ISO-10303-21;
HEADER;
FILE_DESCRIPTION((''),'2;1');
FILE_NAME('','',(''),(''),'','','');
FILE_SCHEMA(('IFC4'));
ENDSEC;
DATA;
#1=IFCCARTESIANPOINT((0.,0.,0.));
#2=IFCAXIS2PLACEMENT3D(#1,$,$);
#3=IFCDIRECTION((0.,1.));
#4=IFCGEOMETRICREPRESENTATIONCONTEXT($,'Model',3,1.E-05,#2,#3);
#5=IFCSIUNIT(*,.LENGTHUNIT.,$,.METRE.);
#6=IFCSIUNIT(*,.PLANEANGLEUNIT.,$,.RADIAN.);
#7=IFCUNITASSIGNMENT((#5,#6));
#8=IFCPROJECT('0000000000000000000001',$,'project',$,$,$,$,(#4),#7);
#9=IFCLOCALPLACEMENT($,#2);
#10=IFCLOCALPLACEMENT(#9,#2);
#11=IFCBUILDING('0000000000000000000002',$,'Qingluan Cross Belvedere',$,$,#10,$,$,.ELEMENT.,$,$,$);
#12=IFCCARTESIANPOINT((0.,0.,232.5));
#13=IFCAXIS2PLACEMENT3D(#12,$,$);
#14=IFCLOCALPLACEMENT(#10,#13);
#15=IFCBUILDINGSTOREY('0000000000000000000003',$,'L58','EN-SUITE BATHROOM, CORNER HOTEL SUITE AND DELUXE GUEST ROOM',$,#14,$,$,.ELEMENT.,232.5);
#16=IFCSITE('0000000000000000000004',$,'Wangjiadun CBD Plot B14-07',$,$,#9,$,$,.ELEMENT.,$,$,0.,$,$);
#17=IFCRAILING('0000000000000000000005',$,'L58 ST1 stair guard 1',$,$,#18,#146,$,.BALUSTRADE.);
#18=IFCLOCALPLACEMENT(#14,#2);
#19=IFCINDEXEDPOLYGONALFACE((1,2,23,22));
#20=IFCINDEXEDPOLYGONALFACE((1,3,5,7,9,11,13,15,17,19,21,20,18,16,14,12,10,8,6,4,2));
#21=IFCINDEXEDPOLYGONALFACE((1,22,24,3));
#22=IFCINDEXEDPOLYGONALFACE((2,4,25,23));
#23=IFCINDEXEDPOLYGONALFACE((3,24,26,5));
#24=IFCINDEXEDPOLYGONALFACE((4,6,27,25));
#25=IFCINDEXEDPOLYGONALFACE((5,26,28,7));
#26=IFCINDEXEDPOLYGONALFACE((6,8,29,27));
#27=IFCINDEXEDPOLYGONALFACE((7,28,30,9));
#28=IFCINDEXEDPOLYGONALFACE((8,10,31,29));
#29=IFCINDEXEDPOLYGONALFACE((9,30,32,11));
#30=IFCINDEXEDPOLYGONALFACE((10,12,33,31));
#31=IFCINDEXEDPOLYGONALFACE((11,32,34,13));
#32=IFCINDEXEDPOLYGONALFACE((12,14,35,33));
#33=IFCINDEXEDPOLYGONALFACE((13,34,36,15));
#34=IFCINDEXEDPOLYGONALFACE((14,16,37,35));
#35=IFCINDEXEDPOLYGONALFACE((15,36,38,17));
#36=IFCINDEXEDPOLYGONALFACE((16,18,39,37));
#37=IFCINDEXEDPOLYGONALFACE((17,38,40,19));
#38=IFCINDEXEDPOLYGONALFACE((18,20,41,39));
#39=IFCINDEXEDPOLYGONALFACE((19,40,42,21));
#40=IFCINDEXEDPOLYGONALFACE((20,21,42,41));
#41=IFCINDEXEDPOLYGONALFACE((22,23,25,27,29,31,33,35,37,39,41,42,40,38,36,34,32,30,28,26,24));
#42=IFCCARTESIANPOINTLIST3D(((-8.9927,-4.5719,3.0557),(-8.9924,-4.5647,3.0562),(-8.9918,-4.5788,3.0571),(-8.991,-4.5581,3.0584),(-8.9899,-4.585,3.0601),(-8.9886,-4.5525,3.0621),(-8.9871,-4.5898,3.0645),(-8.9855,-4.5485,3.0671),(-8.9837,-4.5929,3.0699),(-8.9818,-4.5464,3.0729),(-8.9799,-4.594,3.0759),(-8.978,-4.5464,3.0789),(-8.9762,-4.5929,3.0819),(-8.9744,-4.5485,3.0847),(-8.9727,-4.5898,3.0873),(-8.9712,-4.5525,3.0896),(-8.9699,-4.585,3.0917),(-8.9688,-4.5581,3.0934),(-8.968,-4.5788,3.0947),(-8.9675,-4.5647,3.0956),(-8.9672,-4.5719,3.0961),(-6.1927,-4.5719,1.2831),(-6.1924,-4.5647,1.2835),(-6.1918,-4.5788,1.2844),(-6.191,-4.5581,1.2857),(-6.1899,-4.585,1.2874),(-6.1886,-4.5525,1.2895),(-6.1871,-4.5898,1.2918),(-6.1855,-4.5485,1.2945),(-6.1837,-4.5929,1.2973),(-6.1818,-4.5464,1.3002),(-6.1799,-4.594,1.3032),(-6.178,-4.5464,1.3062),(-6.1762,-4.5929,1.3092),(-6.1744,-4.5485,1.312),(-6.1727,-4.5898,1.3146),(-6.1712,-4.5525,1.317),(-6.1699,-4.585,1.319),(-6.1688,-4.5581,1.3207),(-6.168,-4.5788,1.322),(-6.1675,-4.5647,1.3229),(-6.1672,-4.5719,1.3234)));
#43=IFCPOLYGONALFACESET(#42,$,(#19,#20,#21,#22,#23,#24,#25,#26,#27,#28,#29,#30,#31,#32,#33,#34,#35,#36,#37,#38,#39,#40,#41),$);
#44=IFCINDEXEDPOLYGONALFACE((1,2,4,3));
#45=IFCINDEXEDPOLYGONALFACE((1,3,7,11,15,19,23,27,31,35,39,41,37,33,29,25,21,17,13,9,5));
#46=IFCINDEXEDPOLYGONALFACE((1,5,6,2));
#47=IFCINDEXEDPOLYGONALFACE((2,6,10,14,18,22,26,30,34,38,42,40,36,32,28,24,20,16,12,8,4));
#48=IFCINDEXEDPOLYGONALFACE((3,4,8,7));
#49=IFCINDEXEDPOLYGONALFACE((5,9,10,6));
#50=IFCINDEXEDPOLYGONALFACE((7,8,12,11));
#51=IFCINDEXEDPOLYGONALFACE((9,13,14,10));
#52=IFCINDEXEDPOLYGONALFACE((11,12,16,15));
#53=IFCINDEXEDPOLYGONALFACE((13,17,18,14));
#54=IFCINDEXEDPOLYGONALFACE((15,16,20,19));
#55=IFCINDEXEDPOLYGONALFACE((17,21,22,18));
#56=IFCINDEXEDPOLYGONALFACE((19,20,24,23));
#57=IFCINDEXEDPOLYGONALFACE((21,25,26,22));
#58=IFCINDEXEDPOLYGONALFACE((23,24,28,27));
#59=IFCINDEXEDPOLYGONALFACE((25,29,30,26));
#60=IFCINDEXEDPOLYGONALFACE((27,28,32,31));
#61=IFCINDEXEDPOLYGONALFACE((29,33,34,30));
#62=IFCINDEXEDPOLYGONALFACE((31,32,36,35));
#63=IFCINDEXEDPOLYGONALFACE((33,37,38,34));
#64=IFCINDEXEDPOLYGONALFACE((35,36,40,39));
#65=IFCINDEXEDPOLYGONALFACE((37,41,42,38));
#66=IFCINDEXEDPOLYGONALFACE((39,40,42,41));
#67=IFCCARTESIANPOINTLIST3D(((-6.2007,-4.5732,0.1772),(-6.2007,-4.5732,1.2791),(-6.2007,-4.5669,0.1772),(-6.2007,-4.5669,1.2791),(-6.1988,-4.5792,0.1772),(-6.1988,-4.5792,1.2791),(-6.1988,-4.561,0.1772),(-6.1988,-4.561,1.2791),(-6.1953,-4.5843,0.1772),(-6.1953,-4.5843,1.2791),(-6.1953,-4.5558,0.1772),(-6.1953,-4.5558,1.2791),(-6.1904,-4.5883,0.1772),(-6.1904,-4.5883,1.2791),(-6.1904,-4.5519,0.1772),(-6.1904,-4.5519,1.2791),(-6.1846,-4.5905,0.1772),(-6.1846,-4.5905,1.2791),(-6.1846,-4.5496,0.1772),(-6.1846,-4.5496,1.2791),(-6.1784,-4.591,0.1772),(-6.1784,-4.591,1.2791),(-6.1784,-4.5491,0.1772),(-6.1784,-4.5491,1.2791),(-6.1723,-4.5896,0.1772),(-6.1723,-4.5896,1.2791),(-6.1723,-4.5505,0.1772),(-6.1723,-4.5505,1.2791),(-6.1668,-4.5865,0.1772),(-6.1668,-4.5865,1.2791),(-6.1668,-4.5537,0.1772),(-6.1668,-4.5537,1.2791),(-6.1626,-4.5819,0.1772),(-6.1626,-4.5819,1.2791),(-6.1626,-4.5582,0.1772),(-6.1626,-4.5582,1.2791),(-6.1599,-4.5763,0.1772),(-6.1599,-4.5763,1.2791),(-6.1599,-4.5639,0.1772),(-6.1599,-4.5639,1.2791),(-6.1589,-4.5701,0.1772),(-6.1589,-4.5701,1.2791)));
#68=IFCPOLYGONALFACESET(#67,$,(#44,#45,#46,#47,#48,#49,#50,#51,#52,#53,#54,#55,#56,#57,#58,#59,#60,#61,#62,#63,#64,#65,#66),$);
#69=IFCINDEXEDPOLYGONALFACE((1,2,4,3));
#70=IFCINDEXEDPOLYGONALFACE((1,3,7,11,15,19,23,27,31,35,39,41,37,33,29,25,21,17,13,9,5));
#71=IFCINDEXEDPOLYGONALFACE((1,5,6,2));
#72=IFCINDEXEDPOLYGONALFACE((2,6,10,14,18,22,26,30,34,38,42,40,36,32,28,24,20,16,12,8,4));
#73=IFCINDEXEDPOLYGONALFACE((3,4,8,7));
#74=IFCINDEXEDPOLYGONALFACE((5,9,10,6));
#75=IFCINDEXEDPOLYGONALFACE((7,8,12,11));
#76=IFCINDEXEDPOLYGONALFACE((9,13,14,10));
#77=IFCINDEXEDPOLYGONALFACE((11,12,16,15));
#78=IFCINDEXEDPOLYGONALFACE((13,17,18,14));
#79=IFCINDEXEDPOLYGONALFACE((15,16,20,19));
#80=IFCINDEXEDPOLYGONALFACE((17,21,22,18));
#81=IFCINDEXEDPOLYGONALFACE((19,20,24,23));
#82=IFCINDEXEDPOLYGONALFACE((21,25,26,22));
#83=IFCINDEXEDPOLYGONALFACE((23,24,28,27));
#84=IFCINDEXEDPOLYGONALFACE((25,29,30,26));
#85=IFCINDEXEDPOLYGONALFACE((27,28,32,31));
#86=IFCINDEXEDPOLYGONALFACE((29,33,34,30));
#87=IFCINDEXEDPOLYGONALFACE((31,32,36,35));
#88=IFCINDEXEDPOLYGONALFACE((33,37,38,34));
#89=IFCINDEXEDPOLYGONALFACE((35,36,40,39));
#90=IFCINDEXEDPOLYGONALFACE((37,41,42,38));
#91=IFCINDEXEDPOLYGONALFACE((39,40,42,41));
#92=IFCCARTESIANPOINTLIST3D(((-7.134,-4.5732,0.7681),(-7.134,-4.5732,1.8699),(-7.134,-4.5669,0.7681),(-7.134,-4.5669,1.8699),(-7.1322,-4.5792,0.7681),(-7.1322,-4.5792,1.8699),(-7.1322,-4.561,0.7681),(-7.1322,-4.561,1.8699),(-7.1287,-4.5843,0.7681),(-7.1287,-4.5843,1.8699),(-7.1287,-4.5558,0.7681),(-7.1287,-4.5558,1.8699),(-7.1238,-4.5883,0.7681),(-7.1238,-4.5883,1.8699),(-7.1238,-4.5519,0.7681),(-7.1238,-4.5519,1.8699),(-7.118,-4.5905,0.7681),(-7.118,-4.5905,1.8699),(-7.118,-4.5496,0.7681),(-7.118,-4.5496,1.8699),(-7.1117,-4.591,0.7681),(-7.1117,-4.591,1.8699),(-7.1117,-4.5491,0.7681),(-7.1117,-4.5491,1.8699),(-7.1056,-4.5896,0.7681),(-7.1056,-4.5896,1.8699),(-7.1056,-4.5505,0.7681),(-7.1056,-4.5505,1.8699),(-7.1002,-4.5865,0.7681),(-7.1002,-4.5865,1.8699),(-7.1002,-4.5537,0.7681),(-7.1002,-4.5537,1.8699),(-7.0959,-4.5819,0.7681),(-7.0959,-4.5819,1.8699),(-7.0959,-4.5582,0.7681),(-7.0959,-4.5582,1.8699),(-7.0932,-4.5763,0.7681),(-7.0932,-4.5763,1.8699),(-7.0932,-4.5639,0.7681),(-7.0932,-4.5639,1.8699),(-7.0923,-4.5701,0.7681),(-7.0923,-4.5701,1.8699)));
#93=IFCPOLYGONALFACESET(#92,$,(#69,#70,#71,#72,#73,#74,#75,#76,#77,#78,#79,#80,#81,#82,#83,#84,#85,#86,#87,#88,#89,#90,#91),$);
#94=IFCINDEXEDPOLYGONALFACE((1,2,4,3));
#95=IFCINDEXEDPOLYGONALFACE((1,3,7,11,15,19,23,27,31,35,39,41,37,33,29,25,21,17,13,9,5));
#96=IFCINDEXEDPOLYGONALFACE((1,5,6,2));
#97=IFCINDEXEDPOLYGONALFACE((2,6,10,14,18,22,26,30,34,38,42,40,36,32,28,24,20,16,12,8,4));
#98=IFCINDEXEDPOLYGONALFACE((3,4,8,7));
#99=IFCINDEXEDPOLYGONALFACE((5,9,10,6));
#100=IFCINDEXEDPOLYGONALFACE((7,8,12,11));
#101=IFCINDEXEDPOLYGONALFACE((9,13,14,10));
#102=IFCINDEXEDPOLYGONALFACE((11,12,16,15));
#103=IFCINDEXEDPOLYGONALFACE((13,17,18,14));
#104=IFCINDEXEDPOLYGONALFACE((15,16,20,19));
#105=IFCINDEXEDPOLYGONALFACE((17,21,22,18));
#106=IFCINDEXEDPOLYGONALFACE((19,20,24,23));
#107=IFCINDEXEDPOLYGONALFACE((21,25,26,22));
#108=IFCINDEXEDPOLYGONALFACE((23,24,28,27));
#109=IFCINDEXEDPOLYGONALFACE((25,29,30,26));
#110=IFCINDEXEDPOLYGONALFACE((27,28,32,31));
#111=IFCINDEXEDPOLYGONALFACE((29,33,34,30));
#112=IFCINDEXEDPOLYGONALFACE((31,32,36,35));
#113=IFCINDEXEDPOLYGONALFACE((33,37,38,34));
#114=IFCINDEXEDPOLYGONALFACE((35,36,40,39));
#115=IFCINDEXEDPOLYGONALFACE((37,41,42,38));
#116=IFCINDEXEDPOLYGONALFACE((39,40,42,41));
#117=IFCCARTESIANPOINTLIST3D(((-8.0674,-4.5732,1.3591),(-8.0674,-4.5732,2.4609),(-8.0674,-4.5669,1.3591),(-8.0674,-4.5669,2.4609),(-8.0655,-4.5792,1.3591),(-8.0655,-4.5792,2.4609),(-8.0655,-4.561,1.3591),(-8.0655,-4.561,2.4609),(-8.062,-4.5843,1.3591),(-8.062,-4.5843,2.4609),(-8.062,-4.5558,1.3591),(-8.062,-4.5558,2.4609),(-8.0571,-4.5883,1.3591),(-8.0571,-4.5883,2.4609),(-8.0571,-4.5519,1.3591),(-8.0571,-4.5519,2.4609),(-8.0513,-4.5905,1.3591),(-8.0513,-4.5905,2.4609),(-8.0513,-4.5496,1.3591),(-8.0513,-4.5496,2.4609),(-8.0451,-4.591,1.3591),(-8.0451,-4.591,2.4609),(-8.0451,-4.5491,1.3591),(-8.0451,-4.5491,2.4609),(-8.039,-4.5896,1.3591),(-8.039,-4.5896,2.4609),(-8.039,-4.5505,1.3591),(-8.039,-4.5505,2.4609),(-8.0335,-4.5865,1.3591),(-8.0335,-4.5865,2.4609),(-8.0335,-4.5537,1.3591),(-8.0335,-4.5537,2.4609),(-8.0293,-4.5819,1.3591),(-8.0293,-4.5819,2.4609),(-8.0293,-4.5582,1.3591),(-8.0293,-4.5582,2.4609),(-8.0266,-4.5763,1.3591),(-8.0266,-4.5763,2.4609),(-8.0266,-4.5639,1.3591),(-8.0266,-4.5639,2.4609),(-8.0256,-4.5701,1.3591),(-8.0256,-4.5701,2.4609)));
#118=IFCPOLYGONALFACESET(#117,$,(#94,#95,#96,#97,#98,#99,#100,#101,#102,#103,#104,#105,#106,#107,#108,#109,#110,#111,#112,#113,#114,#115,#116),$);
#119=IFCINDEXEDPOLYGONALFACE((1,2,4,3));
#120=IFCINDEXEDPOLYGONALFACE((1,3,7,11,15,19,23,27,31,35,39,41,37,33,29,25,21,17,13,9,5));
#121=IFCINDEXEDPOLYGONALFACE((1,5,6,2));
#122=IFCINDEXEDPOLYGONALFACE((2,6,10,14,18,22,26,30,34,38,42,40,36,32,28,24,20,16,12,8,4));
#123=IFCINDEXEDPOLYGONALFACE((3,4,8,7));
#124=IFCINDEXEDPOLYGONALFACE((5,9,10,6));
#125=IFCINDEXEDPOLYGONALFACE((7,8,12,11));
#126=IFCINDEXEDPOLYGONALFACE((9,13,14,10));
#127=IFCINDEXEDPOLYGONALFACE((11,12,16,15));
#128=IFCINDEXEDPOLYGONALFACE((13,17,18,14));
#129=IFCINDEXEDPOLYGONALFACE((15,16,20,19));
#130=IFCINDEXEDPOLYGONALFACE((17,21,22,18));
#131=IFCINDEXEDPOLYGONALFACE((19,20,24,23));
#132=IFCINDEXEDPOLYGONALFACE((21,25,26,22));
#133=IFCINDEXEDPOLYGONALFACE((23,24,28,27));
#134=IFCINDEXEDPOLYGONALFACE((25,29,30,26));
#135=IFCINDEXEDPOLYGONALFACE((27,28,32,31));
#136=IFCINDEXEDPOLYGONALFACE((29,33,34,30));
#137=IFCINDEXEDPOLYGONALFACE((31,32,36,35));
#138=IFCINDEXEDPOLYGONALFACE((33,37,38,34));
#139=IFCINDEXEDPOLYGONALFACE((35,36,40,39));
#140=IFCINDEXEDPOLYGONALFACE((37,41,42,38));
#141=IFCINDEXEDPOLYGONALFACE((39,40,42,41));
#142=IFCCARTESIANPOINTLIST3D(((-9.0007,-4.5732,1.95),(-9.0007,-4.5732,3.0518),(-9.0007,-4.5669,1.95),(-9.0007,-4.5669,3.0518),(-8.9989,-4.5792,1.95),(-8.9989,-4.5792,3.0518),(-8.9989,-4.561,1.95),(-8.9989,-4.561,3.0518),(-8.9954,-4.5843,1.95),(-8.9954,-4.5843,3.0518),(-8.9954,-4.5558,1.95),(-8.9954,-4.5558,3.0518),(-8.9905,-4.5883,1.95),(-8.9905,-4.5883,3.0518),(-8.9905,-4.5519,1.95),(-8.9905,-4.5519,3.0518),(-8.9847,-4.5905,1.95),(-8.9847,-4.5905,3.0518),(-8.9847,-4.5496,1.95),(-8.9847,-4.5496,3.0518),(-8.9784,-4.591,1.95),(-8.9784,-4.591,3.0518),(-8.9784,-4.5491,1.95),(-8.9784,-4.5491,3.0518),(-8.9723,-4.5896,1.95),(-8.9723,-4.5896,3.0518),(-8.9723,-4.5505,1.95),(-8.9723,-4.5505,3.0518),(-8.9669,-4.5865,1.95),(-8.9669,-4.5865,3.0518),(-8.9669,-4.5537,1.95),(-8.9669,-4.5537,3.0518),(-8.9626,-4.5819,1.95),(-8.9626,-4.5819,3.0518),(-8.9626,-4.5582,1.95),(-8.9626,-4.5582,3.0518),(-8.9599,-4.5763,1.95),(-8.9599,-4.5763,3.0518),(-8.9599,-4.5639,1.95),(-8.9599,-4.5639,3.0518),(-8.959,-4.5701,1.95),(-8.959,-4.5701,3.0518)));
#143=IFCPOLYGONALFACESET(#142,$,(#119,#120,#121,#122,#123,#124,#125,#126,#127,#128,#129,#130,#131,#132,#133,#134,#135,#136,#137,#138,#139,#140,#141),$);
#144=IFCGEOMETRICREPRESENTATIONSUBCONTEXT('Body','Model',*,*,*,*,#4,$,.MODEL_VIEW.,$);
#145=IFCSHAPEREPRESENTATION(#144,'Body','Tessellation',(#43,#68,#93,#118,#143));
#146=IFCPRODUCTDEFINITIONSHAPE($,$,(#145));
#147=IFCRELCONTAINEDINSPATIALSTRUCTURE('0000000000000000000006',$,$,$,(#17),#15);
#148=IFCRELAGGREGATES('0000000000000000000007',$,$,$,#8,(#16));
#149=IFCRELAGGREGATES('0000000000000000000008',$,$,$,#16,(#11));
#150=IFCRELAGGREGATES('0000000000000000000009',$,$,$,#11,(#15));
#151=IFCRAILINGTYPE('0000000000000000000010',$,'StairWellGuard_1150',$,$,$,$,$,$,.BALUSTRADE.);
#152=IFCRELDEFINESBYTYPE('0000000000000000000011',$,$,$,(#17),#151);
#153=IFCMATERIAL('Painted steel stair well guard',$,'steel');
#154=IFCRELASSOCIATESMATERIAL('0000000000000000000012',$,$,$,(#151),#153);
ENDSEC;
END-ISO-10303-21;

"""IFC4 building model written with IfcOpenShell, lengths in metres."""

from ifc_helpers import new_model, si_unit, direction, frame, origin, origin_2d, place, context, subcontext, project, spatial, circle, extrude, material, type_object, element, save


model = new_model("IFC4")

# Units and contexts
model_context = context("Model", 3, precision=1e-05, world=origin(), true_north=direction((0.0, 1.0)))
body_context = subcontext(model_context, "Body", "Model", "MODEL_VIEW")
ifc_project = project(units=[si_unit("LENGTHUNIT", "METRE"), si_unit("PLANEANGLEUNIT", "RADIAN")], contexts=[model_context])

# Site, building, storey
site_placement = place(None, origin())
site = spatial("IfcSite", under=ifc_project, at=site_placement, Name="Wangjiadun CBD Plot B14-07", CompositionType="ELEMENT", RefElevation=0.0)
building_placement = place(site_placement, origin())
building = spatial("IfcBuilding", under=site, at=building_placement, Name="Qingluan Cross Belvedere", CompositionType="ELEMENT")
storey_placement = place(building_placement, frame((0.0, 0.0, 232.5)))
storey = spatial("IfcBuildingStorey", under=building, at=storey_placement, Name="L58", Description="EN-SUITE BATHROOM, CORNER HOTEL SUITE AND DELUXE GUEST ROOM", CompositionType="ELEMENT", Elevation=232.5)

# Railing
ifc_material_1 = material(Name="Painted steel stair well guard", Category="steel")
railing_type_1 = type_object("IfcRailingType", Name="StairWellGuard_1150", PredefinedType="BALUSTRADE", material=ifc_material_1)
railing_1_placement = place(storey_placement, frame((-6.1799, -4.5701, 0.1772)))
element("IfcRailing", 1, at=railing_1_placement, inside=storey, type_object=railing_type_1, Name="L58 ST1 stair guard 1", PredefinedType="BALUSTRADE", context=body_context, shape_type="SweptSolid", body=[
    extrude(circle(Radius=0.0239, at=origin_2d()), frame((0.0, 0.0, 1.126), z_axis=(-0.844909, 0.0, 0.53491), x_axis=(0.0, -1.0, 0.0)), (0.0, 0.0, 1.0), 3.314),
    extrude(circle(Radius=0.021, at=origin_2d()), origin(), (0.0, 0.0, 1.0), 1.1018),
    extrude(circle(Radius=0.021, at=origin_2d()), frame((-0.9333, 0.0, 0.5908)), (0.0, 0.0, 1.0), 1.1018),
    extrude(circle(Radius=0.021, at=origin_2d()), frame((-1.8667, 0.0, 1.1819)), (0.0, 0.0, 1.0), 1.1018),
    extrude(circle(Radius=0.021, at=origin_2d()), frame((-2.8, 0.0, 1.7727)), (0.0, 0.0, 1.0), 1.1018),
])

save(model, "model.ifc")
